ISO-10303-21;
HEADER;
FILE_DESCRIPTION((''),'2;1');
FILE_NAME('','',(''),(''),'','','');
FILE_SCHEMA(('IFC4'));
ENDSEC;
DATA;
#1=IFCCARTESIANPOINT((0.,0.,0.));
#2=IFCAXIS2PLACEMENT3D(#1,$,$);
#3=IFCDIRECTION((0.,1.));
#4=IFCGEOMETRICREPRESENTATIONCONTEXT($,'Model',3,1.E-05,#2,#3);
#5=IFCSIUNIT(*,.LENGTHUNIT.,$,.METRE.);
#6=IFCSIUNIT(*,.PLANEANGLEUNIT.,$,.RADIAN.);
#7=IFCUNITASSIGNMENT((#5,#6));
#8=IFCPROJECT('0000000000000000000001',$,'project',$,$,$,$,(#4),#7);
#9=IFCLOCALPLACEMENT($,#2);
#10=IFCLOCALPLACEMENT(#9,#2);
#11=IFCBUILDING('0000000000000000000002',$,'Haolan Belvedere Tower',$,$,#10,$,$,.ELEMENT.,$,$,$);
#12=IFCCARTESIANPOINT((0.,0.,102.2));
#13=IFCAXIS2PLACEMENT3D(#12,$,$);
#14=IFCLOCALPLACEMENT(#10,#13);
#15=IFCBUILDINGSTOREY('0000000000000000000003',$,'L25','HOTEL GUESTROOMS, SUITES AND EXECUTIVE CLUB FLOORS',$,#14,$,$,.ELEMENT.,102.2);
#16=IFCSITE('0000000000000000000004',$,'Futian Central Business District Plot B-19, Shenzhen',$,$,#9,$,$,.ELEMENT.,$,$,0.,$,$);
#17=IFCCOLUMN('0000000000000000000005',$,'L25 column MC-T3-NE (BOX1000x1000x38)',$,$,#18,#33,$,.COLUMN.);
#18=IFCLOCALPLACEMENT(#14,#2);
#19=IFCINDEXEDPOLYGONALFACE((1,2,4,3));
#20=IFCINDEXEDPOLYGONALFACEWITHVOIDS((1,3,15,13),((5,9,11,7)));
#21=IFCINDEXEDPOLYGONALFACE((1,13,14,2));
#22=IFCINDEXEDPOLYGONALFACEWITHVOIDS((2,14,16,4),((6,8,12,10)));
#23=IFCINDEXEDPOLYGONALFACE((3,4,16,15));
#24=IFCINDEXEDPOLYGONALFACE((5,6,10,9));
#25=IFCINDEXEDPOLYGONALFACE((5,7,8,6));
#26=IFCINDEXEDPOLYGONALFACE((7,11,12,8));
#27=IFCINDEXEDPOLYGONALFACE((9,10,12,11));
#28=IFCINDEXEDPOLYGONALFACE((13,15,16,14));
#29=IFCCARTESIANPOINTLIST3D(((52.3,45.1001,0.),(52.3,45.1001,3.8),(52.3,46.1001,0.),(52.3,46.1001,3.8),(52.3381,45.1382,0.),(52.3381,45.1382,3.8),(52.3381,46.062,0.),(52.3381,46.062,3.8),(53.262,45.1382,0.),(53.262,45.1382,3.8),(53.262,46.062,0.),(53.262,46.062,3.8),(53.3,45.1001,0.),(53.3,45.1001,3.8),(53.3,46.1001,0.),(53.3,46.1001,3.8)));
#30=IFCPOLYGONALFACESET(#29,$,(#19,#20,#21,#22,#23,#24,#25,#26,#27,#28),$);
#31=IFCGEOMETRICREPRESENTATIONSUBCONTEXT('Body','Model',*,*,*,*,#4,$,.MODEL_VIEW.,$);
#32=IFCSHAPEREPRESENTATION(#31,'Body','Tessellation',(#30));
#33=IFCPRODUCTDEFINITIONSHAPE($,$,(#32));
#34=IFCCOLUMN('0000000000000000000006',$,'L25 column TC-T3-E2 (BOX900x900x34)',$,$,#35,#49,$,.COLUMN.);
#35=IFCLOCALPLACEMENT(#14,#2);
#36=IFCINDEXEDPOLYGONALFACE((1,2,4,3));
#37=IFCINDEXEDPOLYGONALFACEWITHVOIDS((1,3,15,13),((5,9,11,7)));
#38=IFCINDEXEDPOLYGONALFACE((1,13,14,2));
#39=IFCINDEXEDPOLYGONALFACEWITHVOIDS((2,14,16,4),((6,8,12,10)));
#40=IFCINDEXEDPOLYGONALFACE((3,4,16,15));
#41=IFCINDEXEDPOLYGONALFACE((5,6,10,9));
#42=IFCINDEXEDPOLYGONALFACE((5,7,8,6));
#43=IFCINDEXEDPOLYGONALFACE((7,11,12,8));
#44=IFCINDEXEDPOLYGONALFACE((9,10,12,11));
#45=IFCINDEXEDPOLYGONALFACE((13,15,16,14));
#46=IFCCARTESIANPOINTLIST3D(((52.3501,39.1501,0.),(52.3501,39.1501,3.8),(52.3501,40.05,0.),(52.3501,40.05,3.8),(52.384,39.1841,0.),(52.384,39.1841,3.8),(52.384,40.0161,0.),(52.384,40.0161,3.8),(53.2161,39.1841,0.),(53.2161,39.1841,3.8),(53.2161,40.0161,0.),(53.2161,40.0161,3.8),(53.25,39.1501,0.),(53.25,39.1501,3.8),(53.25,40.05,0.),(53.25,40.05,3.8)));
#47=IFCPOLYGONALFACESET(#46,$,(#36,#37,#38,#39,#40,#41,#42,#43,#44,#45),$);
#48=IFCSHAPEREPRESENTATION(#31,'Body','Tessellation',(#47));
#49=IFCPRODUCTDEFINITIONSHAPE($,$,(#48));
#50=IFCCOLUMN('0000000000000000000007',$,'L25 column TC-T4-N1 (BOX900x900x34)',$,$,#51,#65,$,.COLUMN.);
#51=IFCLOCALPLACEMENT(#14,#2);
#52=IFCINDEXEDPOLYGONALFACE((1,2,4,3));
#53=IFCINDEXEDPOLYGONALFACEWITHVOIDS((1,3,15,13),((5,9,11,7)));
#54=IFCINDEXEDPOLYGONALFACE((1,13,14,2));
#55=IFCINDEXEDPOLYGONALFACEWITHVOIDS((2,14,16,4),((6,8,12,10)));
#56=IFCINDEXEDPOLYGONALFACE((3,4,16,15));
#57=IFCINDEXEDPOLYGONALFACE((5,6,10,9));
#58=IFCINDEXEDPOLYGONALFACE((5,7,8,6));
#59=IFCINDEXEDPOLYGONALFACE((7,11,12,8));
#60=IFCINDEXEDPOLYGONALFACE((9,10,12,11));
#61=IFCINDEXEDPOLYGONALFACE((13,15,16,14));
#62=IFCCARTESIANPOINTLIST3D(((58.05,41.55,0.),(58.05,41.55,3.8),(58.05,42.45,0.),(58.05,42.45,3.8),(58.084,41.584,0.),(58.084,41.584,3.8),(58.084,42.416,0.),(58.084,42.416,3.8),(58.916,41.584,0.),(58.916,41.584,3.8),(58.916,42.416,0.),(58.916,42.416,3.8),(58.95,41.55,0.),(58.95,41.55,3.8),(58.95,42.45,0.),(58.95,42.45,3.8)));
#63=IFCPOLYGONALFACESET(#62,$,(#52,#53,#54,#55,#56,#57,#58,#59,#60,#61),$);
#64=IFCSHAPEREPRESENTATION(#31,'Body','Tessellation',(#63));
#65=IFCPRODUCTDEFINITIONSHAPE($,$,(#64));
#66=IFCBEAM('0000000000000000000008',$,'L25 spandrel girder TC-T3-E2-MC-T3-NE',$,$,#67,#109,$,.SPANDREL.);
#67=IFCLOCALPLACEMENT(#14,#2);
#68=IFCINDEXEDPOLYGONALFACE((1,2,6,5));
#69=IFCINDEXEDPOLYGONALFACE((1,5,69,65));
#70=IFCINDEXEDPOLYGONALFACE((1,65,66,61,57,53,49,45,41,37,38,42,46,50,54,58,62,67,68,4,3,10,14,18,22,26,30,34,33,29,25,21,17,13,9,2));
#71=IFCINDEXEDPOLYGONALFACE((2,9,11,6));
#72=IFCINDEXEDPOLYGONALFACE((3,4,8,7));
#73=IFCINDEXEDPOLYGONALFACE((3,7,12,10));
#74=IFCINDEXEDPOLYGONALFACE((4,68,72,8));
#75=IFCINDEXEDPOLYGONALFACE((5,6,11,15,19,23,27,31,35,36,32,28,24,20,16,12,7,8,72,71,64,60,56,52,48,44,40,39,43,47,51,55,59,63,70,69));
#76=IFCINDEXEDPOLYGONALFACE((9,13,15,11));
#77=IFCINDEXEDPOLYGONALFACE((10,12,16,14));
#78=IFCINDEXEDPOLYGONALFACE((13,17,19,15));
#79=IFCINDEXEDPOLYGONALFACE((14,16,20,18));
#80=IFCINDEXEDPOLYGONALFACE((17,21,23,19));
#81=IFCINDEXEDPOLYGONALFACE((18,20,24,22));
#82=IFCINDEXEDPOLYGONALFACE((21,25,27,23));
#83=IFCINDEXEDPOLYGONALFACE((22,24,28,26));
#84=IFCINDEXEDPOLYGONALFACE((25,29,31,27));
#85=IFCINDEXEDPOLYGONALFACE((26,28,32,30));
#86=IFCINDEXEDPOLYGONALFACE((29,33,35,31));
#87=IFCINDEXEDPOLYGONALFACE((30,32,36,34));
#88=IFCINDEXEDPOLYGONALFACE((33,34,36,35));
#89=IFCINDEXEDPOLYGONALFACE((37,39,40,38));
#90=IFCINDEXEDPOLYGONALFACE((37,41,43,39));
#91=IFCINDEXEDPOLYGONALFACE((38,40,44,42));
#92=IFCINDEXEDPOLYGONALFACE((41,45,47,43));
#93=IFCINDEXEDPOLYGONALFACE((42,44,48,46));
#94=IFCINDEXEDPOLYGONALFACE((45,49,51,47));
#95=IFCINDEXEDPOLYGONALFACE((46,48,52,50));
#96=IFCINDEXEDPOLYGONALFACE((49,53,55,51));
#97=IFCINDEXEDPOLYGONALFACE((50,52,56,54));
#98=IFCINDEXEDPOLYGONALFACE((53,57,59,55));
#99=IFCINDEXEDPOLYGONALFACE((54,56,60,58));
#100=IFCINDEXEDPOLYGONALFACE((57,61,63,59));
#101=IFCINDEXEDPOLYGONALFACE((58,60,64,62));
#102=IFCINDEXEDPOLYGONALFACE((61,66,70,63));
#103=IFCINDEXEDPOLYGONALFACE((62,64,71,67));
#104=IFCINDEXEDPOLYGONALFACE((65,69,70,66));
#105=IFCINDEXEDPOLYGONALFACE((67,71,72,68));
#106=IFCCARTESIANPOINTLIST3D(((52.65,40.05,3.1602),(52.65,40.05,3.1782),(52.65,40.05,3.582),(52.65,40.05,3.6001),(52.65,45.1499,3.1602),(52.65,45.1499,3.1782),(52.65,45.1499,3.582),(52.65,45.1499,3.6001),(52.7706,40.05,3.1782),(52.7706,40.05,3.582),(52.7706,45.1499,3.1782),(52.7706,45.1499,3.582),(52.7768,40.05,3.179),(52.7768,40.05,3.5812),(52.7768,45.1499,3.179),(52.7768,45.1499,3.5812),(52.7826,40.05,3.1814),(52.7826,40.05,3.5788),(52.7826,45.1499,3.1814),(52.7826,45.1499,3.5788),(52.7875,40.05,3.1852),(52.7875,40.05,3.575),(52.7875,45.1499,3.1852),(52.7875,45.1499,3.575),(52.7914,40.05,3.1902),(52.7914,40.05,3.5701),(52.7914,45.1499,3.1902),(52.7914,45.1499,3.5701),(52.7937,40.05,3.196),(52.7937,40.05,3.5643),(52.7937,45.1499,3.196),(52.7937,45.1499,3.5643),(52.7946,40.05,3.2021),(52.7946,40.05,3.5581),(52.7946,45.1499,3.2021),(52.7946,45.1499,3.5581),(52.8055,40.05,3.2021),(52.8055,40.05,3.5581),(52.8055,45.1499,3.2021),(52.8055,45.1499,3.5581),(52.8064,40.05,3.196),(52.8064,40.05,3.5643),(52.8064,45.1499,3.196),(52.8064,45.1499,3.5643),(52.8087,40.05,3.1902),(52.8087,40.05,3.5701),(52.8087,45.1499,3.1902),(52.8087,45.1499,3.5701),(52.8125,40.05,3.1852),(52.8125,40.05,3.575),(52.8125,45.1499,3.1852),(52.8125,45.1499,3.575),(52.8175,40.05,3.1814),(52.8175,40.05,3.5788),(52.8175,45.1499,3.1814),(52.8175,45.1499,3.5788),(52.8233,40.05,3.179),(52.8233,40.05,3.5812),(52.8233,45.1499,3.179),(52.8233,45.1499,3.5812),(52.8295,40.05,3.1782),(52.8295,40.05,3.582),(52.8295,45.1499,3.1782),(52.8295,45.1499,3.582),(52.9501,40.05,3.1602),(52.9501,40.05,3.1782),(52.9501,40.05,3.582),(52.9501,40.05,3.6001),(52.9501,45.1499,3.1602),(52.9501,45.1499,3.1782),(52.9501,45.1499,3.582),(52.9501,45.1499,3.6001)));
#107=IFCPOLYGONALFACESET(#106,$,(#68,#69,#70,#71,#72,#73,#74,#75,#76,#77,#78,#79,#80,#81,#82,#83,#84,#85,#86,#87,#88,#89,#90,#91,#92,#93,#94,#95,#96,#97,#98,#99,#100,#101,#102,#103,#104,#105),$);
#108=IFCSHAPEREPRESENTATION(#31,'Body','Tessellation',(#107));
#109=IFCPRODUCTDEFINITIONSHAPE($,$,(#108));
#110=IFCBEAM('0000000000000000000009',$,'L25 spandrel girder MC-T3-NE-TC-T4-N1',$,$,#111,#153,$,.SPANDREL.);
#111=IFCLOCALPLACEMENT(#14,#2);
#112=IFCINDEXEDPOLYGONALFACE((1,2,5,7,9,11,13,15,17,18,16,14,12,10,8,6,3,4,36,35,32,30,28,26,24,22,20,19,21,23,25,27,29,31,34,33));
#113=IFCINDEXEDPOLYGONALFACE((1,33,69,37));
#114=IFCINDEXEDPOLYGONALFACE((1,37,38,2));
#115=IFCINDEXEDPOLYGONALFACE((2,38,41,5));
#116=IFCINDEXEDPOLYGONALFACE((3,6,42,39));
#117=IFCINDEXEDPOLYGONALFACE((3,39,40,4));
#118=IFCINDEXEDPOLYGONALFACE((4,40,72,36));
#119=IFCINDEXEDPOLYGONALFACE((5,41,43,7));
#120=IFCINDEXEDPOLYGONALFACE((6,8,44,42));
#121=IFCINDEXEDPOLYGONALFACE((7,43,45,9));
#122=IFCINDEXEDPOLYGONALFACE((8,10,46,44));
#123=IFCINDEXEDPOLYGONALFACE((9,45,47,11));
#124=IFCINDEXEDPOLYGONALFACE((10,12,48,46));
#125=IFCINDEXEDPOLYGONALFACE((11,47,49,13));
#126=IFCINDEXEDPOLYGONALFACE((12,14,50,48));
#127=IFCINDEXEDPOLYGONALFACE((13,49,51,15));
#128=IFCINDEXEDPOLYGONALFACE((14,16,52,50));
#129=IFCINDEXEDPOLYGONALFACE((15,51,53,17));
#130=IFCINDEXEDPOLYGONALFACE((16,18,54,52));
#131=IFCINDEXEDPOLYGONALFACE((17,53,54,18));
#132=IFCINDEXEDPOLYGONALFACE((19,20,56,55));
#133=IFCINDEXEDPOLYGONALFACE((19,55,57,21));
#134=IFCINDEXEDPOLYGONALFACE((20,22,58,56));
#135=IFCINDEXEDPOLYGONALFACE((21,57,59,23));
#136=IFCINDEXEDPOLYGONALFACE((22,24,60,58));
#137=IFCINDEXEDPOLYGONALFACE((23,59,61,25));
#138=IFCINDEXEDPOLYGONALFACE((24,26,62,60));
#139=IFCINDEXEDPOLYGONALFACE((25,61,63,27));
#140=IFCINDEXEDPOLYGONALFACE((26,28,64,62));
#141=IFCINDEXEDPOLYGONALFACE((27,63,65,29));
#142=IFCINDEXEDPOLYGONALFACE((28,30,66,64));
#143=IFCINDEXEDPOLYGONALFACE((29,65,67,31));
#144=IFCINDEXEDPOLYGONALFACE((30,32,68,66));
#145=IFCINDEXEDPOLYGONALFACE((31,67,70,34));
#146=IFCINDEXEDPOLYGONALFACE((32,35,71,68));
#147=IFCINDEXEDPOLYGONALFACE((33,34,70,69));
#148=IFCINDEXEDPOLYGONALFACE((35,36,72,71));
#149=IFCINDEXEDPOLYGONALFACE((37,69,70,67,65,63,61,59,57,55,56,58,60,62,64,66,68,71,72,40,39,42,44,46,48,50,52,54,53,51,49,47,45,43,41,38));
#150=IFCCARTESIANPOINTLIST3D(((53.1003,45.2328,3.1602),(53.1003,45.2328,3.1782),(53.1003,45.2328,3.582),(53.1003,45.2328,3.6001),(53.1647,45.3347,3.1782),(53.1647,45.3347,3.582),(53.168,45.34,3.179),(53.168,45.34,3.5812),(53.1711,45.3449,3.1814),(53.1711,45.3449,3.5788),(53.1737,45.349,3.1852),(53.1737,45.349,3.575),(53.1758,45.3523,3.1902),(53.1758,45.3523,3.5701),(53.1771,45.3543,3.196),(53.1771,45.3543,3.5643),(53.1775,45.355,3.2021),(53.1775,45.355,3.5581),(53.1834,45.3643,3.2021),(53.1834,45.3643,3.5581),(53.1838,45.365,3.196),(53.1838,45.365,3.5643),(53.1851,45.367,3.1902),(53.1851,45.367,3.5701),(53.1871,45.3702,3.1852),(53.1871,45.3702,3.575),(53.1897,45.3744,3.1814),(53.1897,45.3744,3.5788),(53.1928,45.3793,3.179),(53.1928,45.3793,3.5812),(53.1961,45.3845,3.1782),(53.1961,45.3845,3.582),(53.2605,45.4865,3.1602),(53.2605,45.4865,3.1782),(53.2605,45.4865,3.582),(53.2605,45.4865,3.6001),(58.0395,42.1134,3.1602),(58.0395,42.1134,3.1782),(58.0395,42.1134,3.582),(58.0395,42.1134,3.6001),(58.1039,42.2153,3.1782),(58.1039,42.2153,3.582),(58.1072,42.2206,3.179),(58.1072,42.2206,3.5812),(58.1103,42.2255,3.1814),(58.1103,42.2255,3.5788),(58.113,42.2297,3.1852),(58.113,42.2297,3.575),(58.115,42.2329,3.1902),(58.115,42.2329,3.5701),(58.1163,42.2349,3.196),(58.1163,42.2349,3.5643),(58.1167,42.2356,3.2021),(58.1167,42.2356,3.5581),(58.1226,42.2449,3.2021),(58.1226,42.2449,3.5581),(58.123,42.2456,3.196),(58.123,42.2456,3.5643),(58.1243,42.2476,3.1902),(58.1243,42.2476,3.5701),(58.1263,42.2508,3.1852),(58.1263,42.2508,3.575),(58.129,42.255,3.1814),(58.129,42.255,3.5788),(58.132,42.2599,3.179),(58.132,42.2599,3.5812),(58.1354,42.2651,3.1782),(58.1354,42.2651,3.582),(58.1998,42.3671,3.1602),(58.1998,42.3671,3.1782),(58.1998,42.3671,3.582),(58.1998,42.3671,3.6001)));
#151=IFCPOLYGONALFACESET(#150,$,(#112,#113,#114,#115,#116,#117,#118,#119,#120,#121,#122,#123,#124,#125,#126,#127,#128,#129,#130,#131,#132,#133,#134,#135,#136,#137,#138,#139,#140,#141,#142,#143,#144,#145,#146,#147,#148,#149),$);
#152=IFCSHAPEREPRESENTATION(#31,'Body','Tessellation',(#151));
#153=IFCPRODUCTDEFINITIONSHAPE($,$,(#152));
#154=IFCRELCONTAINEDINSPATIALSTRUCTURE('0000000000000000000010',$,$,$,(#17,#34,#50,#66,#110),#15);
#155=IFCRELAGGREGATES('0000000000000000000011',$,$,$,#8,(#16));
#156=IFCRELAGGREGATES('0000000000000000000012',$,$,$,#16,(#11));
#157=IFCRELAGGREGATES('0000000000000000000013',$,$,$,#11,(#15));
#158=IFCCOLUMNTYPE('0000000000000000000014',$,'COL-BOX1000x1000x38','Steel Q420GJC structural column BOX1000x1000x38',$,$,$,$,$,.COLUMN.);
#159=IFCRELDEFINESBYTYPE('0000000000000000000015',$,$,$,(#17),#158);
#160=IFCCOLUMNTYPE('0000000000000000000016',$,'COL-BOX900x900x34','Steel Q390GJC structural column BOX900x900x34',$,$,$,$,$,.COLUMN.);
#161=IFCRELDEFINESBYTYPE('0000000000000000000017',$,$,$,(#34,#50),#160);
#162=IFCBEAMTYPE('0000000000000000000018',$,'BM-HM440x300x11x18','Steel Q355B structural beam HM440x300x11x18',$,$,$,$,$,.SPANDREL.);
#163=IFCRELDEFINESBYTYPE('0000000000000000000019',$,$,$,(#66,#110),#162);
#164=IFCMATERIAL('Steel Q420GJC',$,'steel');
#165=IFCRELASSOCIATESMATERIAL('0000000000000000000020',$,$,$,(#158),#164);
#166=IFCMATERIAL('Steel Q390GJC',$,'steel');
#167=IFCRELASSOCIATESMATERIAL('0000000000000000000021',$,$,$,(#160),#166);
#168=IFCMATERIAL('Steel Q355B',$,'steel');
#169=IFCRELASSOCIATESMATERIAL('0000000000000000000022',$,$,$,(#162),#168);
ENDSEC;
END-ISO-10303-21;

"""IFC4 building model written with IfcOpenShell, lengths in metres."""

from ifc_helpers import new_model, si_unit, direction, frame, origin, origin_2d, place, context, subcontext, project, spatial, hollow_rectangle, i_section, extrude, material, material_profile, profile_set, type_object, element, save


model = new_model("IFC4")

# Units and contexts
model_context = context("Model", 3, precision=1e-05, world=origin(), true_north=direction((0.0, 1.0)))
body_context = subcontext(model_context, "Body", "Model", "MODEL_VIEW")
ifc_project = project(units=[si_unit("LENGTHUNIT", "METRE"), si_unit("PLANEANGLEUNIT", "RADIAN")], contexts=[model_context])

# Site, building, storey
site_placement = place(None, origin())
site = spatial("IfcSite", under=ifc_project, at=site_placement, Name="Futian Central Business District Plot B-19, Shenzhen", CompositionType="ELEMENT", RefElevation=0.0)
building_placement = place(site_placement, origin())
building = spatial("IfcBuilding", under=site, at=building_placement, Name="Haolan Belvedere Tower", CompositionType="ELEMENT")
storey_placement = place(building_placement, frame((0.0, 0.0, 102.2)))
storey = spatial("IfcBuildingStorey", under=building, at=storey_placement, Name="L25", Description="HOTEL GUESTROOMS, SUITES AND EXECUTIVE CLUB FLOORS", CompositionType="ELEMENT", Elevation=102.2)

# Columns
ifc_material_1 = material(Name="Steel Q420GJC", Category="steel")
ifc_material_profile_1 = material_profile(ifc_material_1, hollow_rectangle(XDim=1.0, YDim=1.0, WallThickness=0.0381, at=origin_2d()), Name="Steel Q420GJC")
ifc_profile_set_1 = profile_set([ifc_material_profile_1], Name="Steel Q420GJC")
column_type_1 = type_object("IfcColumnType", Name="COL-BOX1000x1000x38", Description="Steel Q420GJC structural column BOX1000x1000x38", PredefinedType="COLUMN", material=ifc_profile_set_1)
column_placement = place(storey_placement, frame((52.8, 45.6001, 0.0), z_axis=(0.0, 0.0, 1.0), x_axis=(1.0, 0.0, 0.0)))
element("IfcColumn", 1, at=column_placement, inside=storey, type_object=column_type_1, Name="L25 column MC-T3-NE (BOX1000x1000x38)", PredefinedType="COLUMN", context=body_context, shape_type="SweptSolid", body=[
    extrude(hollow_rectangle(XDim=1.0, YDim=1.0, WallThickness=0.0381, at=origin_2d()), origin(), (0.0, 0.0, 1.0), 3.8),
])
ifc_material_2 = material(Name="Steel Q390GJC", Category="steel")
ifc_material_profile_2 = material_profile(ifc_material_2, hollow_rectangle(XDim=0.8999, YDim=0.8999, WallThickness=0.0339, at=origin_2d()), Name="Steel Q390GJC")
ifc_profile_set_2 = profile_set([ifc_material_profile_2], Name="Steel Q390GJC")
column_type_2 = type_object("IfcColumnType", Name="COL-BOX900x900x34", Description="Steel Q390GJC structural column BOX900x900x34", PredefinedType="COLUMN", material=ifc_profile_set_2)
for number, where, z_axis, x_axis, name in (
    (2, (52.8, 39.6001, 0.0), (0.0, 0.0, 1.0), (1.0, 0.0, 0.0), "L25 column TC-T3-E2 (BOX900x900x34)"),
    (3, (58.5, 42.0, 0.0), (0.0, 0.0, 1.0), (1.0, 0.0, 0.0), "L25 column TC-T4-N1 (BOX900x900x34)"),
):
    element("IfcColumn", number, at=place(storey_placement, frame(where, z_axis=z_axis, x_axis=x_axis)), inside=storey, type_object=column_type_2, Name=name, PredefinedType="COLUMN", context=body_context, shape_type="SweptSolid", body=[
        extrude(hollow_rectangle(XDim=0.8999, YDim=0.8999, WallThickness=0.0339, at=origin_2d()), origin(), (0.0, 0.0, 1.0), 3.8),
    ])

# Beams
ifc_material_3 = material(Name="Steel Q355B", Category="steel")
ifc_material_profile_3 = material_profile(ifc_material_3, i_section(OverallWidth=0.3, OverallDepth=0.4399, WebThickness=0.011, FlangeThickness=0.0181, FilletRadius=0.0239, at=origin_2d()), Name="Steel Q355B")
ifc_profile_set_3 = profile_set([ifc_material_profile_3], Name="Steel Q355B")
beam_type_1 = type_object("IfcBeamType", Name="BM-HM440x300x11x18", Description="Steel Q355B structural beam HM440x300x11x18", PredefinedType="SPANDREL", material=ifc_profile_set_3)
beam_1_placement = place(storey_placement, frame((52.8, 40.05, 3.3801), z_axis=(0.0, 1.0, 0.0), x_axis=(-1.0, 0.0, 0.0)))
element("IfcBeam", 4, at=beam_1_placement, inside=storey, type_object=beam_type_1, Name="L25 spandrel girder TC-T3-E2-MC-T3-NE", PredefinedType="SPANDREL", context=body_context, shape_type="SweptSolid", body=[
    extrude(i_section(OverallWidth=0.3, OverallDepth=0.4399, WebThickness=0.011, FlangeThickness=0.0181, FilletRadius=0.0239, at=origin_2d()), origin(), (0.0, 0.0, 1.0), 5.0999),
])
beam_2_placement = place(storey_placement, frame((53.1804, 45.3596, 3.3801), z_axis=(0.845498, -0.533979, 0.0), x_axis=(0.533979, 0.845498, 0.0)))
element("IfcBeam", 5, at=beam_2_placement, inside=storey, type_object=beam_type_1, Name="L25 spandrel girder MC-T3-NE-TC-T4-N1", PredefinedType="SPANDREL", context=body_context, shape_type="SweptSolid", body=[
    extrude(i_section(OverallWidth=0.3, OverallDepth=0.4399, WebThickness=0.011, FlangeThickness=0.0181, FilletRadius=0.0239, at=origin_2d()), origin(), (0.0, 0.0, 1.0), 5.8418),
])

save(model, "model.ifc")
